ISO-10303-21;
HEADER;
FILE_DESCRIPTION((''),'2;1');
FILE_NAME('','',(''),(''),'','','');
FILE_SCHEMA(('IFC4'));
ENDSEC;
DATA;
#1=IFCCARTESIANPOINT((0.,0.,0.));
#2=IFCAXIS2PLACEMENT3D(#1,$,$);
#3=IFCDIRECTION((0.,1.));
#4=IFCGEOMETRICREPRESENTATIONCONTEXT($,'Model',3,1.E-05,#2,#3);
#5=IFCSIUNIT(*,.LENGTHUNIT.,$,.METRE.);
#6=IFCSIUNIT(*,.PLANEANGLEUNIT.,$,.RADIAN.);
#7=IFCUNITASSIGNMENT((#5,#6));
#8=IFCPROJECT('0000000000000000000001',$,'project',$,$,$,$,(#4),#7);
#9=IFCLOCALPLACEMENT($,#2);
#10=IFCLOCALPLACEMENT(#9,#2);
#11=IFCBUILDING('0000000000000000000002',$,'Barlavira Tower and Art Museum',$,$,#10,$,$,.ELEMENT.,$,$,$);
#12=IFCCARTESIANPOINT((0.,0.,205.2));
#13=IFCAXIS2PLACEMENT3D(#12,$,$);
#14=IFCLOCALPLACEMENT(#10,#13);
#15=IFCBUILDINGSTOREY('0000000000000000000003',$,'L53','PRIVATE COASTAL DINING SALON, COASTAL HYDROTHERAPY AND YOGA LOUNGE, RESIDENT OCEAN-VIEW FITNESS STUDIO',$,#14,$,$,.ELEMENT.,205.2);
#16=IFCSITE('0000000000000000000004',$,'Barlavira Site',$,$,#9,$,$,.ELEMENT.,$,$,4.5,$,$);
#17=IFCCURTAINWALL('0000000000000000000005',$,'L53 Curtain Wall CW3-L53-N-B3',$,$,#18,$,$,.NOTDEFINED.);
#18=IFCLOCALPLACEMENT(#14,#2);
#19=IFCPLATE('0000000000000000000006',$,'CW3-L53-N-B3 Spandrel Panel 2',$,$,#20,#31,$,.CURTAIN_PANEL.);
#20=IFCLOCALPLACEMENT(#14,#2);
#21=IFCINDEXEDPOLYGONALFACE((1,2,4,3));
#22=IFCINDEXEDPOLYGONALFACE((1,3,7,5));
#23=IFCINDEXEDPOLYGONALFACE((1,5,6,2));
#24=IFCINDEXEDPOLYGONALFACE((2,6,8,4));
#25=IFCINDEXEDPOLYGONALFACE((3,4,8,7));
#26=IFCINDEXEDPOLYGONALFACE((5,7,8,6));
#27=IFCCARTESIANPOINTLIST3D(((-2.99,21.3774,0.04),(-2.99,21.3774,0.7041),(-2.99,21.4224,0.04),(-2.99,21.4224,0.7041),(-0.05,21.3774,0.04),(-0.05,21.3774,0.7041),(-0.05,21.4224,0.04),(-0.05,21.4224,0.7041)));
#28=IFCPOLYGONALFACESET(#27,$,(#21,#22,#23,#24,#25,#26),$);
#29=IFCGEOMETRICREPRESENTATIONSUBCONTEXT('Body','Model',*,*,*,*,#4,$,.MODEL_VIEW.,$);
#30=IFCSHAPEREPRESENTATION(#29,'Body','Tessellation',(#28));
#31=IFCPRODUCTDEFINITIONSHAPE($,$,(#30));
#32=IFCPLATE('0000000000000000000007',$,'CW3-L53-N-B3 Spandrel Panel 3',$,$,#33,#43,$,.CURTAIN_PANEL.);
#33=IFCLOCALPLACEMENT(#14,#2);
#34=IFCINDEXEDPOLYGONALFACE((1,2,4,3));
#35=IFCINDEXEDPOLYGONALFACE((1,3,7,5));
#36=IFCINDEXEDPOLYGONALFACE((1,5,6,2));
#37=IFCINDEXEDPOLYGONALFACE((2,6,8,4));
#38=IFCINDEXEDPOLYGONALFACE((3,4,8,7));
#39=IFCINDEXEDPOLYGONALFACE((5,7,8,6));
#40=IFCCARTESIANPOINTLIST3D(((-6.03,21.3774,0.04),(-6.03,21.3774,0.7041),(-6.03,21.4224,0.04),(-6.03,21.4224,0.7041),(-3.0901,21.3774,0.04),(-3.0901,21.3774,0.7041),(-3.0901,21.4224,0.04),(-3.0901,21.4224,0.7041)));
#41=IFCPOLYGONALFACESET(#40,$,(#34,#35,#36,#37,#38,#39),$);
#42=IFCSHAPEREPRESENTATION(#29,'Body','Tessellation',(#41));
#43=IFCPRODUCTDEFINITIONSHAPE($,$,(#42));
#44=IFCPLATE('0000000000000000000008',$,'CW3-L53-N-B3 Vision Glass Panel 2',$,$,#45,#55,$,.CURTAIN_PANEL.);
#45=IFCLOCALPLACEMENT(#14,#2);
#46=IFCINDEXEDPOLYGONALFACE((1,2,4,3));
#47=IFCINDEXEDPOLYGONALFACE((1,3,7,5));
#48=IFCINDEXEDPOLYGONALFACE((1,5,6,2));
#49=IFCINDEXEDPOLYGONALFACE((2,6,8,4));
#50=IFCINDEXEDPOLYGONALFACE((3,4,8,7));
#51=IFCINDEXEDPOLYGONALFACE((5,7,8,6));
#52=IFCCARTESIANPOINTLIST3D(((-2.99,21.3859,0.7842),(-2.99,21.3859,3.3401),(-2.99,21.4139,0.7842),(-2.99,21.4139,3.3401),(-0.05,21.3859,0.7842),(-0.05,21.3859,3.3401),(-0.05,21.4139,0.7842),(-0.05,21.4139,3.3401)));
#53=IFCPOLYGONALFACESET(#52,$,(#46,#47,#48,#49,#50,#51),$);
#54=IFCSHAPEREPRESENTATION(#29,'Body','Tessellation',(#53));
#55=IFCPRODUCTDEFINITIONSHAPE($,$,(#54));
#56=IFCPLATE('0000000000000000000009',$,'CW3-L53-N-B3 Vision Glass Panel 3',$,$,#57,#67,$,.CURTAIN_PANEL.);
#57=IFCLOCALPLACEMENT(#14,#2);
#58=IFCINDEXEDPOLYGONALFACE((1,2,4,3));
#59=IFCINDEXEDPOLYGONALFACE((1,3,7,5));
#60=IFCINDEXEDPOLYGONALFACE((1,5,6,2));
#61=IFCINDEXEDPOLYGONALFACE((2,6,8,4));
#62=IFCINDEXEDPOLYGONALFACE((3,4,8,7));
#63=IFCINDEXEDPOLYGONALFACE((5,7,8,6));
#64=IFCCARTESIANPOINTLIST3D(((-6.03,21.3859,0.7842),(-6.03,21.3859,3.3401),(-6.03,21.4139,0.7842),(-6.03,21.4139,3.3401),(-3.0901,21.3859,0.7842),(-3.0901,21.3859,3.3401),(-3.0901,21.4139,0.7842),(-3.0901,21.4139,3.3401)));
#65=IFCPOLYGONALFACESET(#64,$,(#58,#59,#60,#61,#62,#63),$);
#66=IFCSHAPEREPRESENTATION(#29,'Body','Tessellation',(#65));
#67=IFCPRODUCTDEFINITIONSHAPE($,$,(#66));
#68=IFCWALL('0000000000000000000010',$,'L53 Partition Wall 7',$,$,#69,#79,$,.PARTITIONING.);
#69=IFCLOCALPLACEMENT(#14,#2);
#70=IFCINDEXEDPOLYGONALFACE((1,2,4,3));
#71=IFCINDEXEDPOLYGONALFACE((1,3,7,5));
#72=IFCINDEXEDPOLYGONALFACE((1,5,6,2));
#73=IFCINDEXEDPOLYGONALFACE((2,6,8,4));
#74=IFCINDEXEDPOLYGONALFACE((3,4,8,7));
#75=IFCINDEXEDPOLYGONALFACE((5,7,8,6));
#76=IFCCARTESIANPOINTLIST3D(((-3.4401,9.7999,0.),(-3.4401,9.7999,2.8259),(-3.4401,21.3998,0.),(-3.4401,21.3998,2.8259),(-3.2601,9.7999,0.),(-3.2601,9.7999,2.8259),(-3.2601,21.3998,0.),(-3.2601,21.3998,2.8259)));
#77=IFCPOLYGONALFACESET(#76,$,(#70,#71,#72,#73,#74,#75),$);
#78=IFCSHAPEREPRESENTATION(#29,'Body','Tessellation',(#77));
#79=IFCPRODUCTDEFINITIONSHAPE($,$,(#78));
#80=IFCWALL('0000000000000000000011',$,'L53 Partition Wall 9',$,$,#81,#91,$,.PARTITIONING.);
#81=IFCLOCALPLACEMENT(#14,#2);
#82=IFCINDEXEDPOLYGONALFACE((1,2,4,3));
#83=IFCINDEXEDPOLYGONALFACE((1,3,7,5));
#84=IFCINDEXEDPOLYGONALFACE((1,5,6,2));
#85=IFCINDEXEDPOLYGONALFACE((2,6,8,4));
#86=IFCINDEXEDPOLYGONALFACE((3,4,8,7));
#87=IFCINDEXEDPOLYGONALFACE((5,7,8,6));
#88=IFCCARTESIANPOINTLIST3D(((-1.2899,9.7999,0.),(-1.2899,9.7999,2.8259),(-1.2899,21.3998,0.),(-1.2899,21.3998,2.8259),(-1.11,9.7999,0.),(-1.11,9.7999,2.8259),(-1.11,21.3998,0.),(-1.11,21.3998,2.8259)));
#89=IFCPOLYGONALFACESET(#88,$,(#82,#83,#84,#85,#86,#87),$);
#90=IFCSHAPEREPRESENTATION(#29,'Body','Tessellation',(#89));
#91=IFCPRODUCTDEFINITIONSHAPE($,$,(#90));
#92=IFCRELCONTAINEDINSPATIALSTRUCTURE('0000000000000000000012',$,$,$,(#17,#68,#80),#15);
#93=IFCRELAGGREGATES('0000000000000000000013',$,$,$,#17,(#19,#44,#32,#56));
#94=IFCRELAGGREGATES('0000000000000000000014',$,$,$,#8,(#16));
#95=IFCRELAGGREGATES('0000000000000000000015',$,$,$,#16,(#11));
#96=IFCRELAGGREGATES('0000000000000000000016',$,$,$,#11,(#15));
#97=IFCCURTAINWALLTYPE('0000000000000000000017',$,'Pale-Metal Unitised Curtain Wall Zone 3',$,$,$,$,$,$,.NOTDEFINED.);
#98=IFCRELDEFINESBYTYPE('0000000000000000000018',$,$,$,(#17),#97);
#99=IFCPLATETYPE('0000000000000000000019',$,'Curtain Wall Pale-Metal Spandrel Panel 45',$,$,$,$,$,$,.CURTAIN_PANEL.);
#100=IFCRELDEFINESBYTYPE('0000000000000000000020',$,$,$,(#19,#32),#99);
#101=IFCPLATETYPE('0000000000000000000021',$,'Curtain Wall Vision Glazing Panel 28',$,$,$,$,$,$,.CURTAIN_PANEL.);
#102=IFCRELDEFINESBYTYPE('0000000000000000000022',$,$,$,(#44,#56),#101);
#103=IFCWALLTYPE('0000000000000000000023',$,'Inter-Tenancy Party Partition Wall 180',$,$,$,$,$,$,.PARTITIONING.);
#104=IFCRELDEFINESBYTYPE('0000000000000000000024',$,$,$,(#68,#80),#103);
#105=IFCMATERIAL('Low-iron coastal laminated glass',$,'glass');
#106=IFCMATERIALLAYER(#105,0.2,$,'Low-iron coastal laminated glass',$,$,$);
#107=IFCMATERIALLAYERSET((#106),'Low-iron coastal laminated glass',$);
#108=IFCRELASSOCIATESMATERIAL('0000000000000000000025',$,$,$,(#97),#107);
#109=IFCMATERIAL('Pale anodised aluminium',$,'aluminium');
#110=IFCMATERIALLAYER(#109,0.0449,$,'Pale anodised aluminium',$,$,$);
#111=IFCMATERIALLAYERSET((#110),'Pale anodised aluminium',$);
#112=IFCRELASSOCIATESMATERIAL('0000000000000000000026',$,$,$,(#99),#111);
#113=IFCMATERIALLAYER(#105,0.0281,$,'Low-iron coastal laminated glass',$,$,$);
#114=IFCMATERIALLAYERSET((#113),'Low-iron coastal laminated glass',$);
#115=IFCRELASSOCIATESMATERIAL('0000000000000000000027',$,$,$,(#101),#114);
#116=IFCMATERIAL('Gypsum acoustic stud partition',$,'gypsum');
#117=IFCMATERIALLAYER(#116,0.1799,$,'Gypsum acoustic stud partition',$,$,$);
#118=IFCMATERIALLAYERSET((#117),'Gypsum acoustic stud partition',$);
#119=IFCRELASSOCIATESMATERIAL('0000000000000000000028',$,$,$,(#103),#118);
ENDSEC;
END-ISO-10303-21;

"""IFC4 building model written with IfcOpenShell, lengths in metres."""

from ifc_helpers import new_model, si_unit, direction, frame, frame_2d, origin, origin_2d, place, context, subcontext, project, spatial, rectangle, extrude, material, layer, layer_set, type_object, element, aggregate, save


model = new_model("IFC4")

# Units and contexts
model_context = context("Model", 3, precision=1e-05, world=origin(), true_north=direction((0.0, 1.0)))
body_context = subcontext(model_context, "Body", "Model", "MODEL_VIEW")
ifc_project = project(units=[si_unit("LENGTHUNIT", "METRE"), si_unit("PLANEANGLEUNIT", "RADIAN")], contexts=[model_context])

# Site, building, storey
site_placement = place(None, origin())
site = spatial("IfcSite", under=ifc_project, at=site_placement, Name="Barlavira Site", CompositionType="ELEMENT", RefElevation=4.5)
building_placement = place(site_placement, origin())
building = spatial("IfcBuilding", under=site, at=building_placement, Name="Barlavira Tower and Art Museum", CompositionType="ELEMENT")
storey_placement = place(building_placement, frame((0.0, 0.0, 205.2)))
storey = spatial("IfcBuildingStorey", under=building, at=storey_placement, Name="L53", Description="PRIVATE COASTAL DINING SALON, COASTAL HYDROTHERAPY AND YOGA LOUNGE, RESIDENT OCEAN-VIEW FITNESS STUDIO", CompositionType="ELEMENT", Elevation=205.2)

# Curtain wall
ifc_material_1 = material(Name="Low-iron coastal laminated glass", Category="glass")
ifc_layer_1 = layer(ifc_material_1, 0.2, Name="Low-iron coastal laminated glass")
ifc_layer_set_1 = layer_set([ifc_layer_1], Name="Low-iron coastal laminated glass")
curtain_wall_type = type_object("IfcCurtainWallType", Name="Pale-Metal Unitised Curtain Wall Zone 3", PredefinedType="NOTDEFINED", material=ifc_layer_set_1)
curtain_wall_placement = place(storey_placement, origin())
curtain_wall = element("IfcCurtainWall", 1, at=curtain_wall_placement, inside=storey, type_object=curtain_wall_type, Name="L53 Curtain Wall CW3-L53-N-B3", PredefinedType="NOTDEFINED")
ifc_material_2 = material(Name="Pale anodised aluminium", Category="aluminium")

# Plates
ifc_layer_2 = layer(ifc_material_2, 0.0449, Name="Pale anodised aluminium")
ifc_layer_set_2 = layer_set([ifc_layer_2], Name="Pale anodised aluminium")
plate_type_1 = type_object("IfcPlateType", Name="Curtain Wall Pale-Metal Spandrel Panel 45", PredefinedType="CURTAIN_PANEL", material=ifc_layer_set_2)
plate_1_placement = place(storey_placement, frame((-1.52, 21.3999, 0.04), z_axis=(0.0, 0.0, 1.0), x_axis=(-1.0, 0.0, 0.0)))
plate_1 = element("IfcPlate", 2, at=plate_1_placement, type_object=plate_type_1, Name="CW3-L53-N-B3 Spandrel Panel 2", PredefinedType="CURTAIN_PANEL", context=body_context, shape_type="SweptSolid", body=[
    extrude(rectangle(XDim=2.9399, YDim=0.0449, at=origin_2d()), origin(), (0.0, 0.0, 1.0), 0.6641),
])
plate_2_placement = place(storey_placement, frame((-4.5601, 21.3999, 0.04), z_axis=(0.0, 0.0, 1.0), x_axis=(-1.0, 0.0, 0.0)))
plate_2 = element("IfcPlate", 3, at=plate_2_placement, type_object=plate_type_1, Name="CW3-L53-N-B3 Spandrel Panel 3", PredefinedType="CURTAIN_PANEL", context=body_context, shape_type="SweptSolid", body=[
    extrude(rectangle(XDim=2.9399, YDim=0.0449, at=origin_2d()), origin(), (0.0, 0.0, 1.0), 0.6641),
])
ifc_layer_3 = layer(ifc_material_1, 0.0281, Name="Low-iron coastal laminated glass")
ifc_layer_set_3 = layer_set([ifc_layer_3], Name="Low-iron coastal laminated glass")
plate_type_2 = type_object("IfcPlateType", Name="Curtain Wall Vision Glazing Panel 28", PredefinedType="CURTAIN_PANEL", material=ifc_layer_set_3)
plate_3_placement = place(storey_placement, frame((-1.52, 21.3999, 0.7842), z_axis=(0.0, 0.0, 1.0), x_axis=(-1.0, 0.0, 0.0)))
plate_3 = element("IfcPlate", 4, at=plate_3_placement, type_object=plate_type_2, Name="CW3-L53-N-B3 Vision Glass Panel 2", PredefinedType="CURTAIN_PANEL", context=body_context, shape_type="SweptSolid", body=[
    extrude(rectangle(XDim=2.9399, YDim=0.0281, at=origin_2d()), origin(), (0.0, 0.0, 1.0), 2.5559),
])
plate_4_placement = place(storey_placement, frame((-4.5601, 21.3999, 0.7842), z_axis=(0.0, 0.0, 1.0), x_axis=(-1.0, 0.0, 0.0)))
plate_4 = element("IfcPlate", 5, at=plate_4_placement, type_object=plate_type_2, Name="CW3-L53-N-B3 Vision Glass Panel 3", PredefinedType="CURTAIN_PANEL", context=body_context, shape_type="SweptSolid", body=[
    extrude(rectangle(XDim=2.9399, YDim=0.0281, at=origin_2d()), origin(), (0.0, 0.0, 1.0), 2.5559),
])
aggregate(curtain_wall, [plate_1, plate_3, plate_2, plate_4])

# Walls
ifc_material_3 = material(Name="Gypsum acoustic stud partition", Category="gypsum")
ifc_layer_4 = layer(ifc_material_3, 0.1799, Name="Gypsum acoustic stud partition")
ifc_layer_set_4 = layer_set([ifc_layer_4], Name="Gypsum acoustic stud partition")
wall_type = type_object("IfcWallType", Name="Inter-Tenancy Party Partition Wall 180", PredefinedType="PARTITIONING", material=ifc_layer_set_4)
for number, where, z_axis, x_axis, name in (
    (6, (-3.3501, 9.8, 0.0), (0.0, 0.0, 1.0), (0.0, 1.0, 0.0), "L53 Partition Wall 7"),
    (7, (-1.2, 9.8, 0.0), (0.0, 0.0, 1.0), (0.0, 1.0, 0.0), "L53 Partition Wall 9"),
):
    element("IfcWall", number, at=place(storey_placement, frame(where, z_axis=z_axis, x_axis=x_axis)), inside=storey, type_object=wall_type, Name=name, PredefinedType="PARTITIONING", context=body_context, shape_type="SweptSolid", body=[
        extrude(rectangle(XDim=11.5999, YDim=0.1799, at=frame_2d((5.7998, 0.0))), origin(), (0.0, 0.0, 1.0), 2.8259),
    ])

save(model, "model.ifc")
